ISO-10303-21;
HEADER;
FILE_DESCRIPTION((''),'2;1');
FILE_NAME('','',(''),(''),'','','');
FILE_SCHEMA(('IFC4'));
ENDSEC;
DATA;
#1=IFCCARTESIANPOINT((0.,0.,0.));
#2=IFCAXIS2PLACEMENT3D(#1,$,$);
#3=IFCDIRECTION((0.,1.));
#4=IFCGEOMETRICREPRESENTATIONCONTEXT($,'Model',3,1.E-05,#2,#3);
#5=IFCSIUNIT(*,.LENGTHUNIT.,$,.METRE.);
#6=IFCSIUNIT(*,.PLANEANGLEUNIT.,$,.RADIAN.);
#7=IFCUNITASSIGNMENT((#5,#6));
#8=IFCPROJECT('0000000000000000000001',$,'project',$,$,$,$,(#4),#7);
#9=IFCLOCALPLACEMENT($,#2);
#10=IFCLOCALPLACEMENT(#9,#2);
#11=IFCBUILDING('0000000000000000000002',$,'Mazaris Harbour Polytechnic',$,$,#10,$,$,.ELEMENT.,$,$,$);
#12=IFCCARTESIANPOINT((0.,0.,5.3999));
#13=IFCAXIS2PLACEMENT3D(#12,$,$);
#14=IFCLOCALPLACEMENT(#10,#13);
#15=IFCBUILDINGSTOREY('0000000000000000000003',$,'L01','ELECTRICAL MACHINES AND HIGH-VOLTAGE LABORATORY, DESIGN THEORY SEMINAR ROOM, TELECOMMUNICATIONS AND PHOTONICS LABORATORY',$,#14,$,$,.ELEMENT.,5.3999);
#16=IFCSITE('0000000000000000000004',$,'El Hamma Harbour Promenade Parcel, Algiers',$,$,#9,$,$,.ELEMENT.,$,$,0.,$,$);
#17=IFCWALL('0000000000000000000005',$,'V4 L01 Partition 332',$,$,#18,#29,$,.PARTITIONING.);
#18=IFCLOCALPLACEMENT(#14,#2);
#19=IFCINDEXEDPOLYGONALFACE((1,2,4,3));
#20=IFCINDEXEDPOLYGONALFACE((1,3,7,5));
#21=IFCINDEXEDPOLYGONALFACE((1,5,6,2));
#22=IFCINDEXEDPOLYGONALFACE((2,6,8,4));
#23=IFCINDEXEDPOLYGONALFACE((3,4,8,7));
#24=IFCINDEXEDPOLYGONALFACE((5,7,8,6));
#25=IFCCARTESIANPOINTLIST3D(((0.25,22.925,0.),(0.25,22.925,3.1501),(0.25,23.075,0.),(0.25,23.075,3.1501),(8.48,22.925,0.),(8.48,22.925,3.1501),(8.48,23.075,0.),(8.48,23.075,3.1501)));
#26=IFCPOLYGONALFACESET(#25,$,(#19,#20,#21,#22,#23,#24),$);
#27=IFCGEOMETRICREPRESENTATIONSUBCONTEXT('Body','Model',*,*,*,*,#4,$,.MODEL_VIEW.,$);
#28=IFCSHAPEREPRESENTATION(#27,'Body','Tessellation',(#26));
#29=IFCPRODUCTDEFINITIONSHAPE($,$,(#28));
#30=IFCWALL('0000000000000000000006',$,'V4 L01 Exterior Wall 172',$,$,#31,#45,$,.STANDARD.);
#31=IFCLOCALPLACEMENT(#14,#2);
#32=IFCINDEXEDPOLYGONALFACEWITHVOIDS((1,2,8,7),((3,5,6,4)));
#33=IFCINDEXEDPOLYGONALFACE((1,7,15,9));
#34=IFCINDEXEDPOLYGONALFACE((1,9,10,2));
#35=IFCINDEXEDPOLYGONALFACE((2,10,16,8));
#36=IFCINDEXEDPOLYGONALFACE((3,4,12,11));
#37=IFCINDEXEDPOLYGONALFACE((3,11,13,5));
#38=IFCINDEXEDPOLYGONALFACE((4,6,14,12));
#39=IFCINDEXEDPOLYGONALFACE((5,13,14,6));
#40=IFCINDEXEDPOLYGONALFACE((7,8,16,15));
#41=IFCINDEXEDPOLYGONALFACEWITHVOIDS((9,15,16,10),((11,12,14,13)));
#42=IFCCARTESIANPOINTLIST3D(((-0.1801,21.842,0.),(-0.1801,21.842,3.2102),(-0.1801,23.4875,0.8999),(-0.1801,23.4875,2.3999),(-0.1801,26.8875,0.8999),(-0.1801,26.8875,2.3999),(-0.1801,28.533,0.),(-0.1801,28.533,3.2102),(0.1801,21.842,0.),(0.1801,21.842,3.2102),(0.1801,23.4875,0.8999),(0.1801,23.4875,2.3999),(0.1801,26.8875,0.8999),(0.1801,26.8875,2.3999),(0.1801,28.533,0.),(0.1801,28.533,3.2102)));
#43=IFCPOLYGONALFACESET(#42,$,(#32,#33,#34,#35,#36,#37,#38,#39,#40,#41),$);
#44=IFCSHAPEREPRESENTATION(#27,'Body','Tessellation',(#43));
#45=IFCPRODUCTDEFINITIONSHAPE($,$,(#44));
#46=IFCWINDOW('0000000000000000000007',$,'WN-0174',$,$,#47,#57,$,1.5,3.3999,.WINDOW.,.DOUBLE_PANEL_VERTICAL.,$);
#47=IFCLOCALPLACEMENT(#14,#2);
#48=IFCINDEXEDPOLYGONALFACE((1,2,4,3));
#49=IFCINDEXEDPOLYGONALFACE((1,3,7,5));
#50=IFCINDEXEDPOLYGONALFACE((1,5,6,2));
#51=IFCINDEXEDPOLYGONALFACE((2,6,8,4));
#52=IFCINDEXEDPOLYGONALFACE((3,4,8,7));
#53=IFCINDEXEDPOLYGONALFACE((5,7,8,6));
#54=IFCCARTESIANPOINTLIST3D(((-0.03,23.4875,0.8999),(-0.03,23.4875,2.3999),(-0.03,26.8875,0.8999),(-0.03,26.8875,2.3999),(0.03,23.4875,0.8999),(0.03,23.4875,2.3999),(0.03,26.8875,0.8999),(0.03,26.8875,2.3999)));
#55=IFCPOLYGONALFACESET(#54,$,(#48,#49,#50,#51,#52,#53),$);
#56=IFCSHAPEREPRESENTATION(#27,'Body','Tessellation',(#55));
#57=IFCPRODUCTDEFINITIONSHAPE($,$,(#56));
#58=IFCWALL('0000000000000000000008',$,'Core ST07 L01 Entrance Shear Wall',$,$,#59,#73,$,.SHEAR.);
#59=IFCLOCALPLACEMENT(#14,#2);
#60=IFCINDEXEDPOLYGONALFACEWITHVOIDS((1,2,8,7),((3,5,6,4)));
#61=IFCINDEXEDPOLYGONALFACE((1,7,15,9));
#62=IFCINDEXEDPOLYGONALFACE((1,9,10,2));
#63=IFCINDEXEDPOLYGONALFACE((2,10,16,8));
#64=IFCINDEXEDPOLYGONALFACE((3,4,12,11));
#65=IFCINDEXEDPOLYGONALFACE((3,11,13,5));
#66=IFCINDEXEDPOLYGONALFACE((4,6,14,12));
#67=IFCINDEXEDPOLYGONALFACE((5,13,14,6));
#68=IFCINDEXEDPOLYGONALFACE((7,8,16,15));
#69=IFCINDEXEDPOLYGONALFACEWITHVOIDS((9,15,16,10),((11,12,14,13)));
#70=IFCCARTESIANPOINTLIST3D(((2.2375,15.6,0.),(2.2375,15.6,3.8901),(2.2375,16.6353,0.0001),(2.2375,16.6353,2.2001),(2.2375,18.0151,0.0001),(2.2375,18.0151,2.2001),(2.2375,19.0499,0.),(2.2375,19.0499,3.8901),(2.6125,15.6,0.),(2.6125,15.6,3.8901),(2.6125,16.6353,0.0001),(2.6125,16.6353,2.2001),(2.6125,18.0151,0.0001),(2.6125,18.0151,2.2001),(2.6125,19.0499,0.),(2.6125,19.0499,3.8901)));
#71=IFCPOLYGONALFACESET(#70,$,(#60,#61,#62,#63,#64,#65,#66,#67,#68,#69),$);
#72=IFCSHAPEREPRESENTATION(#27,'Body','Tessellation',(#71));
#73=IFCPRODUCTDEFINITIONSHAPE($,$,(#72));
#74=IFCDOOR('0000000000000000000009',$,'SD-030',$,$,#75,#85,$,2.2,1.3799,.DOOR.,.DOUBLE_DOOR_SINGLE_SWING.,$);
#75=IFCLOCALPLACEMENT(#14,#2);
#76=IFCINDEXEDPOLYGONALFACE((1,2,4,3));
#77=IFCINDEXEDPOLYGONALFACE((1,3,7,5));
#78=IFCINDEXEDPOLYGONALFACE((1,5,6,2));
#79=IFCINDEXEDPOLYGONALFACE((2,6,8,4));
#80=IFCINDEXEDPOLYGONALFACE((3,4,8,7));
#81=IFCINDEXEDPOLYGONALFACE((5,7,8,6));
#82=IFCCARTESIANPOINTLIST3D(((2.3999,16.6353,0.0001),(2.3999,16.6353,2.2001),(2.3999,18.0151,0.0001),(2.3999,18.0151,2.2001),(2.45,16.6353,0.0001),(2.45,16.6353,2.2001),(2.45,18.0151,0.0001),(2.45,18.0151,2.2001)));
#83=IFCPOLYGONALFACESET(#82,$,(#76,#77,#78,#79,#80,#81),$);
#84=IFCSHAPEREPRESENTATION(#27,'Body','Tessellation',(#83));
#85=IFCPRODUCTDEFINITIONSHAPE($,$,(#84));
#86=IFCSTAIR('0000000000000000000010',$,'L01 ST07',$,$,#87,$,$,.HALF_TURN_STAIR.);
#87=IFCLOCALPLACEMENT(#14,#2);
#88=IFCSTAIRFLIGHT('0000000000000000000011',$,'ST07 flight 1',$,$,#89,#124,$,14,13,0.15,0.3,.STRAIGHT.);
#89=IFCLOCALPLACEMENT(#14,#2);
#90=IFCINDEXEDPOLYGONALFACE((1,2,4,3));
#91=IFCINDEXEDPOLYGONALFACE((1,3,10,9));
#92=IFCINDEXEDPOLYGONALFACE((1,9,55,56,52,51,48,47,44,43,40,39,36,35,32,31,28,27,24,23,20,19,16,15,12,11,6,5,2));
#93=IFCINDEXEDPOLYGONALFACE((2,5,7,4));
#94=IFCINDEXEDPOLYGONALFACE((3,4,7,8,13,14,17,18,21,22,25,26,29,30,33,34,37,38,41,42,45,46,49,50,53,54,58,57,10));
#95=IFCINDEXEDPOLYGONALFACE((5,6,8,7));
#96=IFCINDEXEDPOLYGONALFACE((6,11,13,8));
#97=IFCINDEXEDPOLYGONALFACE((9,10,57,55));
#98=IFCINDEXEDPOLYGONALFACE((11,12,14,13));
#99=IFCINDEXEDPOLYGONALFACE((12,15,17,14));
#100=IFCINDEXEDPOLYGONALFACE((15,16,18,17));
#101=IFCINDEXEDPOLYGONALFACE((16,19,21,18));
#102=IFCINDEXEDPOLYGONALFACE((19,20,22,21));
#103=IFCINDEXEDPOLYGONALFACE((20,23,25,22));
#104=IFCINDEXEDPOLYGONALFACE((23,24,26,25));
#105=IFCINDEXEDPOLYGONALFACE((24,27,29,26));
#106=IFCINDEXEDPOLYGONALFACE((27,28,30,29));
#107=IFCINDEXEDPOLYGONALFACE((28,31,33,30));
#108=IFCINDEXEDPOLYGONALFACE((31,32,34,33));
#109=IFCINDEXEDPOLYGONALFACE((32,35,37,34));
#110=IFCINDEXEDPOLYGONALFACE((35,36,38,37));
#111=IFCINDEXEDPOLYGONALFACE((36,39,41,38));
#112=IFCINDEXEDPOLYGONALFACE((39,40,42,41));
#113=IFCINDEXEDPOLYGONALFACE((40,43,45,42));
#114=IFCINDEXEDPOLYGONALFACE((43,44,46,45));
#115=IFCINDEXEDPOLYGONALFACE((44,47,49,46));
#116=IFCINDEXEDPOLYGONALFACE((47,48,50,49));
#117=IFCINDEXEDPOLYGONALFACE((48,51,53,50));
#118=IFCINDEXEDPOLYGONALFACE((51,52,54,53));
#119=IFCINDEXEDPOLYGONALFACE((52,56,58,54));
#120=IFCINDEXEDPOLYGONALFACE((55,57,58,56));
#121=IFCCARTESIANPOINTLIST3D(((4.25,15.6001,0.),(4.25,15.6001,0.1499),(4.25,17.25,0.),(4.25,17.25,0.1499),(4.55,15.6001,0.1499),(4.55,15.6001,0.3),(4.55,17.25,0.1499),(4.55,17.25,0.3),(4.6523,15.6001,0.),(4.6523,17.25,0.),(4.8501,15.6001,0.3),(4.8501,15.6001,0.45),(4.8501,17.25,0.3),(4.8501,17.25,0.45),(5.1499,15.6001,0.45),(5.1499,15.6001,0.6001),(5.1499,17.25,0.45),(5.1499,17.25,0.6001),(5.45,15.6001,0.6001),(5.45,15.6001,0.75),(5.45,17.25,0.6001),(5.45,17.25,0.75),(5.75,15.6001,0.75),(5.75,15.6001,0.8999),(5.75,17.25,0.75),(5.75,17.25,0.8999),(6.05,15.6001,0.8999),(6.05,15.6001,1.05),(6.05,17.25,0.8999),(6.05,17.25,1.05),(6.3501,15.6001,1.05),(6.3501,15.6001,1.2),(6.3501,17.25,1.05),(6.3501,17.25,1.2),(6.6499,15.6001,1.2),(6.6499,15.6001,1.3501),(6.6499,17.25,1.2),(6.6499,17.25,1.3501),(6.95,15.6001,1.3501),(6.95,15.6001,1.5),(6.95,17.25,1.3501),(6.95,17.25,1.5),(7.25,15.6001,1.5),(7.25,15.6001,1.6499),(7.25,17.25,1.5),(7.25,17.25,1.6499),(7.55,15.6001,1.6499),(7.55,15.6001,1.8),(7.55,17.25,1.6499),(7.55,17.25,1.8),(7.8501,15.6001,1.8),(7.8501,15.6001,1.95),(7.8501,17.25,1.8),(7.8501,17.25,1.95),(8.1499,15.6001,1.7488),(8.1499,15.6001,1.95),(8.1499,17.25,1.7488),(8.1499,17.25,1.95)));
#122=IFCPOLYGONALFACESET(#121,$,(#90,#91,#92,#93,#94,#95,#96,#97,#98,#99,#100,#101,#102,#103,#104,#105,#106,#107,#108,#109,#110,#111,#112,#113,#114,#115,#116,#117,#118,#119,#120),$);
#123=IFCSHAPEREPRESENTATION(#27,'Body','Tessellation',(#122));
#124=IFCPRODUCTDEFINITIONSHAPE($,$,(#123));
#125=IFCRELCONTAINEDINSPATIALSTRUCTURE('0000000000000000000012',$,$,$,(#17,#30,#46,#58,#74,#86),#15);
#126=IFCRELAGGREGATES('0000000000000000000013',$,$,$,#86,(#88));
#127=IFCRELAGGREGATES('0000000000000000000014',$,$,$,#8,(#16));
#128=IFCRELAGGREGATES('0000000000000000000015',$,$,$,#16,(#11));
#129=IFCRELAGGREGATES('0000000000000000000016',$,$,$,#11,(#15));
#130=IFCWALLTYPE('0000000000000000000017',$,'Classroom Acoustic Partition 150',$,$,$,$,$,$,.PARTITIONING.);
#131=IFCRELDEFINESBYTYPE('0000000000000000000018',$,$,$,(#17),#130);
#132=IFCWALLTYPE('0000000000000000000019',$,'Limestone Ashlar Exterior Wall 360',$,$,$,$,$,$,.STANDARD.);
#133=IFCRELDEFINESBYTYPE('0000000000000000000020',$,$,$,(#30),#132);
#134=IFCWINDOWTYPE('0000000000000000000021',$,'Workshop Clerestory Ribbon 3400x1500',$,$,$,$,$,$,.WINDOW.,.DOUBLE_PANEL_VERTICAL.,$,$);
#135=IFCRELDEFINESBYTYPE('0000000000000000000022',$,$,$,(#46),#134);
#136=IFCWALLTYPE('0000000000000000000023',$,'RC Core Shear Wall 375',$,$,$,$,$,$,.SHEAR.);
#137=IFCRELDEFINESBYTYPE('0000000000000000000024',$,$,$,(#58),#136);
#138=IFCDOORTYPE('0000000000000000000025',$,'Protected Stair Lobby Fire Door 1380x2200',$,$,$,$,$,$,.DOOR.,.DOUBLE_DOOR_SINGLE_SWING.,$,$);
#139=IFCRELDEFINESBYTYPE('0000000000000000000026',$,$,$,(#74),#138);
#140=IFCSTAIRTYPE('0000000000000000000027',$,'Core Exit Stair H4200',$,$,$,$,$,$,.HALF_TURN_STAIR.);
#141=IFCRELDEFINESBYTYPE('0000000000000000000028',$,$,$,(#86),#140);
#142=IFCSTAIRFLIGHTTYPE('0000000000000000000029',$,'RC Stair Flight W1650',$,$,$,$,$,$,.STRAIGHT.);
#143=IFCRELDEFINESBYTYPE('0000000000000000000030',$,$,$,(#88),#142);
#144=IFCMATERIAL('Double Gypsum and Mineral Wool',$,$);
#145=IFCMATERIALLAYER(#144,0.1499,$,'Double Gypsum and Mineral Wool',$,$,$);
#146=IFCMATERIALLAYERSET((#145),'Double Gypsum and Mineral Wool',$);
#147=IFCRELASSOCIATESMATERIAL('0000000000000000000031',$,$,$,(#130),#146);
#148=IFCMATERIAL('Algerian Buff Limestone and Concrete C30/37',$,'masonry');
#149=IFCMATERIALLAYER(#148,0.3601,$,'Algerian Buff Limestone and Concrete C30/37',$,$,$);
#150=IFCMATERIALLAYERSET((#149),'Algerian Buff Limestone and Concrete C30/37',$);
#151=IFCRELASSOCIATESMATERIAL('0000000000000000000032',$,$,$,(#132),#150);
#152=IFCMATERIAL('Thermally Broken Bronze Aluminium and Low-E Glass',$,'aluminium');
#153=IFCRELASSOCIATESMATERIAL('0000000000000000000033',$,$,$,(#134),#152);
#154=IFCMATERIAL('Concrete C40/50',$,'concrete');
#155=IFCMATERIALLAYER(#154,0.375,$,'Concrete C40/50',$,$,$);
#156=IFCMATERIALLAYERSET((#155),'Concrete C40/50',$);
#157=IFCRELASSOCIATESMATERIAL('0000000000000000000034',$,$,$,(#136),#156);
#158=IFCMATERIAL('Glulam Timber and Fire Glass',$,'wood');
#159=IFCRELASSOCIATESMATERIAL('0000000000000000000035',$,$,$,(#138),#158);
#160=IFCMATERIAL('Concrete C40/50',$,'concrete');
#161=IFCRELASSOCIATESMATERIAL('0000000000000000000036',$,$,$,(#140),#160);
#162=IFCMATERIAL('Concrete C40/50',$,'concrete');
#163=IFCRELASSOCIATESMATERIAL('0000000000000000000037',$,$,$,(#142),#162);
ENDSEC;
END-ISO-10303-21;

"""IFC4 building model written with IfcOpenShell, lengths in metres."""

from ifc_helpers import new_model, si_unit, direction, frame, frame_2d, origin, place, context, subcontext, project, spatial, polyline, rectangle, outline, extrude, material, layer, layer_set, type_object, element, fill, aggregate, save


model = new_model("IFC4")

# Units and contexts
model_context = context("Model", 3, precision=1e-05, world=origin(), true_north=direction((0.0, 1.0)))
body_context = subcontext(model_context, "Body", "Model", "MODEL_VIEW")
ifc_project = project(units=[si_unit("LENGTHUNIT", "METRE"), si_unit("PLANEANGLEUNIT", "RADIAN")], contexts=[model_context])

# Site, building, storey
site_placement = place(None, origin())
site = spatial("IfcSite", under=ifc_project, at=site_placement, Name="El Hamma Harbour Promenade Parcel, Algiers", CompositionType="ELEMENT", RefElevation=0.0)
building_placement = place(site_placement, origin())
building = spatial("IfcBuilding", under=site, at=building_placement, Name="Mazaris Harbour Polytechnic", CompositionType="ELEMENT")
storey_placement = place(building_placement, frame((0.0, 0.0, 5.3999)))
storey = spatial("IfcBuildingStorey", under=building, at=storey_placement, Name="L01", Description="ELECTRICAL MACHINES AND HIGH-VOLTAGE LABORATORY, DESIGN THEORY SEMINAR ROOM, TELECOMMUNICATIONS AND PHOTONICS LABORATORY", CompositionType="ELEMENT", Elevation=5.3999)

# Wall
ifc_material_1 = material(Name="Double Gypsum and Mineral Wool")
ifc_layer_1 = layer(ifc_material_1, 0.1499, Name="Double Gypsum and Mineral Wool")
ifc_layer_set_1 = layer_set([ifc_layer_1], Name="Double Gypsum and Mineral Wool")
wall_type_1 = type_object("IfcWallType", Name="Classroom Acoustic Partition 150", PredefinedType="PARTITIONING", material=ifc_layer_set_1)
wall_1_placement = place(storey_placement, frame((0.25, 23.0, 0.0), z_axis=(0.0, 0.0, 1.0), x_axis=(1.0, 0.0, 0.0)))
element("IfcWall", 1, at=wall_1_placement, inside=storey, type_object=wall_type_1, Name="V4 L01 Partition 332", PredefinedType="PARTITIONING", context=body_context, shape_type="SweptSolid", body=[
    extrude(rectangle(XDim=8.23, YDim=0.1499, at=frame_2d((4.115, 0.0))), origin(), (0.0, 0.0, 1.0), 3.1501),
])

# Wall, opening, window
ifc_material_2 = material(Name="Algerian Buff Limestone and Concrete C30/37", Category="masonry")
ifc_layer_2 = layer(ifc_material_2, 0.3601, Name="Algerian Buff Limestone and Concrete C30/37")
ifc_layer_set_2 = layer_set([ifc_layer_2], Name="Algerian Buff Limestone and Concrete C30/37")
wall_type_2 = type_object("IfcWallType", Name="Limestone Ashlar Exterior Wall 360", PredefinedType="STANDARD", material=ifc_layer_set_2)
wall_2_placement = place(storey_placement, frame((0.0, 21.842, 0.0), z_axis=(0.0, 0.0, 1.0), x_axis=(0.0, 1.0, 0.0)))
wall_2 = element("IfcWall", 2, at=wall_2_placement, inside=storey, type_object=wall_type_2, Name="V4 L01 Exterior Wall 172", PredefinedType="STANDARD", context=body_context, shape_type="SweptSolid", body=[
    extrude(rectangle(XDim=6.6909, YDim=0.3601, at=frame_2d((3.3455, 0.0))), origin(), (0.0, 0.0, 1.0), 3.2102),
])
opening_1_placement = place(wall_2_placement, frame((1.6455, 0.0, 0.8999)))
opening_1 = element("IfcOpeningElement", 3, at=opening_1_placement, cuts=wall_2, PredefinedType="OPENING", context=body_context, shape_type="SweptSolid", body=[
    extrude(rectangle(XDim=3.3999, YDim=1.5, at=frame_2d((1.7, 0.75))), frame((0.0, 0.1899, 0.0), z_axis=(0.0, -1.0, 0.0), x_axis=(1.0, 0.0, 0.0)), (0.0, 0.0, 1.0), 0.3801),
])
ifc_material_3 = material(Name="Thermally Broken Bronze Aluminium and Low-E Glass", Category="aluminium")
window_type = type_object("IfcWindowType", Name="Workshop Clerestory Ribbon 3400x1500", PartitioningType="DOUBLE_PANEL_VERTICAL", PredefinedType="WINDOW", material=ifc_material_3)
window_placement = place(opening_1_placement, origin())
window = element("IfcWindow", 4, at=window_placement, inside=storey, type_object=window_type, Name="WN-0174", OverallHeight=1.5, OverallWidth=3.3999, PartitioningType="DOUBLE_PANEL_VERTICAL", PredefinedType="WINDOW", context=body_context, shape_type="SweptSolid", body=[
    extrude(rectangle(XDim=3.3999, YDim=1.5, at=frame_2d((1.7, 0.75))), frame((0.0, 0.03, 0.0), z_axis=(0.0, -1.0, 0.0), x_axis=(1.0, 0.0, 0.0)), (0.0, 0.0, 1.0), 0.0601),
])
fill(opening_1, window)

# Wall, opening, door
ifc_material_4 = material(Name="Concrete C40/50", Category="concrete")
ifc_layer_3 = layer(ifc_material_4, 0.375, Name="Concrete C40/50")
ifc_layer_set_3 = layer_set([ifc_layer_3], Name="Concrete C40/50")
wall_type_3 = type_object("IfcWallType", Name="RC Core Shear Wall 375", PredefinedType="SHEAR", material=ifc_layer_set_3)
wall_3_placement = place(storey_placement, frame((2.425, 19.05, 0.0), z_axis=(0.0, 0.0, 1.0), x_axis=(0.0, -1.0, 0.0)))
wall_3 = element("IfcWall", 5, at=wall_3_placement, inside=storey, type_object=wall_type_3, Name="Core ST07 L01 Entrance Shear Wall", PredefinedType="SHEAR", context=body_context, shape_type="SweptSolid", body=[
    extrude(rectangle(XDim=3.45, YDim=0.375, at=frame_2d((1.7251, 0.0))), origin(), (0.0, 0.0, 1.0), 3.8901),
])
opening_2_placement = place(wall_3_placement, frame((1.0349, 0.0, 0.0)))
opening_2 = element("IfcOpeningElement", 6, at=opening_2_placement, cuts=wall_3, PredefinedType="OPENING", context=body_context, shape_type="SweptSolid", body=[
    extrude(rectangle(XDim=1.3799, YDim=2.2, at=frame_2d((0.6899, 1.1001))), frame((0.0, 0.1975, 0.0), z_axis=(0.0, -1.0, 0.0), x_axis=(1.0, 0.0, 0.0)), (0.0, 0.0, 1.0), 0.395),
])
ifc_material_5 = material(Name="Glulam Timber and Fire Glass", Category="wood")
door_type = type_object("IfcDoorType", Name="Protected Stair Lobby Fire Door 1380x2200", OperationType="DOUBLE_DOOR_SINGLE_SWING", PredefinedType="DOOR", material=ifc_material_5)
door_placement = place(opening_2_placement, origin())
door = element("IfcDoor", 7, at=door_placement, inside=storey, type_object=door_type, Name="SD-030", OperationType="DOUBLE_DOOR_SINGLE_SWING", OverallHeight=2.2, OverallWidth=1.3799, PredefinedType="DOOR", context=body_context, shape_type="SweptSolid", body=[
    extrude(rectangle(XDim=1.3799, YDim=2.2, at=frame_2d((0.6899, 1.1001))), frame((0.0, 0.0249, 0.0), z_axis=(0.0, -1.0, 0.0), x_axis=(1.0, 0.0, 0.0)), (0.0, 0.0, 1.0), 0.05),
])
fill(opening_2, door)

# Stair, stair flight
ifc_material_6 = material(Name="Concrete C40/50", Category="concrete")
stair_type = type_object("IfcStairType", Name="Core Exit Stair H4200", PredefinedType="HALF_TURN_STAIR", material=ifc_material_6)
stair_placement = place(storey_placement, origin())
stair = element("IfcStair", 8, at=stair_placement, inside=storey, type_object=stair_type, Name="L01 ST07", PredefinedType="HALF_TURN_STAIR")
ifc_material_7 = material(Name="Concrete C40/50", Category="concrete")
stair_flight_type = type_object("IfcStairFlightType", Name="RC Stair Flight W1650", PredefinedType="STRAIGHT", material=ifc_material_7)
stair_flight_placement = place(storey_placement, frame((4.25, 16.425, 0.0), z_axis=(0.0, 0.0, 1.0), x_axis=(1.0, 0.0, 0.0)))
stair_flight = element("IfcStairFlight", 9, at=stair_flight_placement, type_object=stair_flight_type, Name="ST07 flight 1", NumberOfRisers=14, NumberOfTreads=13, PredefinedType="STRAIGHT", RiserHeight=0.15, TreadLength=0.3, context=body_context, shape_type="SweptSolid", body=[
    extrude(outline(polyline([(0.0, 0.0), (0.0, 0.1499), (0.3, 0.1499), (0.3, 0.3), (0.6001, 0.3), (0.6001, 0.45), (0.8999, 0.45), (0.8999, 0.6001), (1.2, 0.6001), (1.2, 0.75), (1.5, 0.75), (1.5, 0.8999), (1.8, 0.8999), (1.8, 1.05), (2.1001, 1.05), (2.1001, 1.2), (2.3999, 1.2), (2.3999, 1.3501), (2.7, 1.3501), (2.7, 1.5), (3.0, 1.5), (3.0, 1.6499), (3.3, 1.6499), (3.3, 1.8), (3.6001, 1.8), (3.6001, 1.95), (3.8999, 1.95), (3.8999, 2.1001), (3.8999, 1.7488), (0.4023, 0.0), (0.0, 0.0)])), frame((0.0, 0.825, 0.0), z_axis=(0.0, -1.0, 0.0), x_axis=(1.0, 0.0, 0.0)), (0.0, 0.0, 1.0), 1.6499),
])
aggregate(stair, [stair_flight])

save(model, "model.ifc")
